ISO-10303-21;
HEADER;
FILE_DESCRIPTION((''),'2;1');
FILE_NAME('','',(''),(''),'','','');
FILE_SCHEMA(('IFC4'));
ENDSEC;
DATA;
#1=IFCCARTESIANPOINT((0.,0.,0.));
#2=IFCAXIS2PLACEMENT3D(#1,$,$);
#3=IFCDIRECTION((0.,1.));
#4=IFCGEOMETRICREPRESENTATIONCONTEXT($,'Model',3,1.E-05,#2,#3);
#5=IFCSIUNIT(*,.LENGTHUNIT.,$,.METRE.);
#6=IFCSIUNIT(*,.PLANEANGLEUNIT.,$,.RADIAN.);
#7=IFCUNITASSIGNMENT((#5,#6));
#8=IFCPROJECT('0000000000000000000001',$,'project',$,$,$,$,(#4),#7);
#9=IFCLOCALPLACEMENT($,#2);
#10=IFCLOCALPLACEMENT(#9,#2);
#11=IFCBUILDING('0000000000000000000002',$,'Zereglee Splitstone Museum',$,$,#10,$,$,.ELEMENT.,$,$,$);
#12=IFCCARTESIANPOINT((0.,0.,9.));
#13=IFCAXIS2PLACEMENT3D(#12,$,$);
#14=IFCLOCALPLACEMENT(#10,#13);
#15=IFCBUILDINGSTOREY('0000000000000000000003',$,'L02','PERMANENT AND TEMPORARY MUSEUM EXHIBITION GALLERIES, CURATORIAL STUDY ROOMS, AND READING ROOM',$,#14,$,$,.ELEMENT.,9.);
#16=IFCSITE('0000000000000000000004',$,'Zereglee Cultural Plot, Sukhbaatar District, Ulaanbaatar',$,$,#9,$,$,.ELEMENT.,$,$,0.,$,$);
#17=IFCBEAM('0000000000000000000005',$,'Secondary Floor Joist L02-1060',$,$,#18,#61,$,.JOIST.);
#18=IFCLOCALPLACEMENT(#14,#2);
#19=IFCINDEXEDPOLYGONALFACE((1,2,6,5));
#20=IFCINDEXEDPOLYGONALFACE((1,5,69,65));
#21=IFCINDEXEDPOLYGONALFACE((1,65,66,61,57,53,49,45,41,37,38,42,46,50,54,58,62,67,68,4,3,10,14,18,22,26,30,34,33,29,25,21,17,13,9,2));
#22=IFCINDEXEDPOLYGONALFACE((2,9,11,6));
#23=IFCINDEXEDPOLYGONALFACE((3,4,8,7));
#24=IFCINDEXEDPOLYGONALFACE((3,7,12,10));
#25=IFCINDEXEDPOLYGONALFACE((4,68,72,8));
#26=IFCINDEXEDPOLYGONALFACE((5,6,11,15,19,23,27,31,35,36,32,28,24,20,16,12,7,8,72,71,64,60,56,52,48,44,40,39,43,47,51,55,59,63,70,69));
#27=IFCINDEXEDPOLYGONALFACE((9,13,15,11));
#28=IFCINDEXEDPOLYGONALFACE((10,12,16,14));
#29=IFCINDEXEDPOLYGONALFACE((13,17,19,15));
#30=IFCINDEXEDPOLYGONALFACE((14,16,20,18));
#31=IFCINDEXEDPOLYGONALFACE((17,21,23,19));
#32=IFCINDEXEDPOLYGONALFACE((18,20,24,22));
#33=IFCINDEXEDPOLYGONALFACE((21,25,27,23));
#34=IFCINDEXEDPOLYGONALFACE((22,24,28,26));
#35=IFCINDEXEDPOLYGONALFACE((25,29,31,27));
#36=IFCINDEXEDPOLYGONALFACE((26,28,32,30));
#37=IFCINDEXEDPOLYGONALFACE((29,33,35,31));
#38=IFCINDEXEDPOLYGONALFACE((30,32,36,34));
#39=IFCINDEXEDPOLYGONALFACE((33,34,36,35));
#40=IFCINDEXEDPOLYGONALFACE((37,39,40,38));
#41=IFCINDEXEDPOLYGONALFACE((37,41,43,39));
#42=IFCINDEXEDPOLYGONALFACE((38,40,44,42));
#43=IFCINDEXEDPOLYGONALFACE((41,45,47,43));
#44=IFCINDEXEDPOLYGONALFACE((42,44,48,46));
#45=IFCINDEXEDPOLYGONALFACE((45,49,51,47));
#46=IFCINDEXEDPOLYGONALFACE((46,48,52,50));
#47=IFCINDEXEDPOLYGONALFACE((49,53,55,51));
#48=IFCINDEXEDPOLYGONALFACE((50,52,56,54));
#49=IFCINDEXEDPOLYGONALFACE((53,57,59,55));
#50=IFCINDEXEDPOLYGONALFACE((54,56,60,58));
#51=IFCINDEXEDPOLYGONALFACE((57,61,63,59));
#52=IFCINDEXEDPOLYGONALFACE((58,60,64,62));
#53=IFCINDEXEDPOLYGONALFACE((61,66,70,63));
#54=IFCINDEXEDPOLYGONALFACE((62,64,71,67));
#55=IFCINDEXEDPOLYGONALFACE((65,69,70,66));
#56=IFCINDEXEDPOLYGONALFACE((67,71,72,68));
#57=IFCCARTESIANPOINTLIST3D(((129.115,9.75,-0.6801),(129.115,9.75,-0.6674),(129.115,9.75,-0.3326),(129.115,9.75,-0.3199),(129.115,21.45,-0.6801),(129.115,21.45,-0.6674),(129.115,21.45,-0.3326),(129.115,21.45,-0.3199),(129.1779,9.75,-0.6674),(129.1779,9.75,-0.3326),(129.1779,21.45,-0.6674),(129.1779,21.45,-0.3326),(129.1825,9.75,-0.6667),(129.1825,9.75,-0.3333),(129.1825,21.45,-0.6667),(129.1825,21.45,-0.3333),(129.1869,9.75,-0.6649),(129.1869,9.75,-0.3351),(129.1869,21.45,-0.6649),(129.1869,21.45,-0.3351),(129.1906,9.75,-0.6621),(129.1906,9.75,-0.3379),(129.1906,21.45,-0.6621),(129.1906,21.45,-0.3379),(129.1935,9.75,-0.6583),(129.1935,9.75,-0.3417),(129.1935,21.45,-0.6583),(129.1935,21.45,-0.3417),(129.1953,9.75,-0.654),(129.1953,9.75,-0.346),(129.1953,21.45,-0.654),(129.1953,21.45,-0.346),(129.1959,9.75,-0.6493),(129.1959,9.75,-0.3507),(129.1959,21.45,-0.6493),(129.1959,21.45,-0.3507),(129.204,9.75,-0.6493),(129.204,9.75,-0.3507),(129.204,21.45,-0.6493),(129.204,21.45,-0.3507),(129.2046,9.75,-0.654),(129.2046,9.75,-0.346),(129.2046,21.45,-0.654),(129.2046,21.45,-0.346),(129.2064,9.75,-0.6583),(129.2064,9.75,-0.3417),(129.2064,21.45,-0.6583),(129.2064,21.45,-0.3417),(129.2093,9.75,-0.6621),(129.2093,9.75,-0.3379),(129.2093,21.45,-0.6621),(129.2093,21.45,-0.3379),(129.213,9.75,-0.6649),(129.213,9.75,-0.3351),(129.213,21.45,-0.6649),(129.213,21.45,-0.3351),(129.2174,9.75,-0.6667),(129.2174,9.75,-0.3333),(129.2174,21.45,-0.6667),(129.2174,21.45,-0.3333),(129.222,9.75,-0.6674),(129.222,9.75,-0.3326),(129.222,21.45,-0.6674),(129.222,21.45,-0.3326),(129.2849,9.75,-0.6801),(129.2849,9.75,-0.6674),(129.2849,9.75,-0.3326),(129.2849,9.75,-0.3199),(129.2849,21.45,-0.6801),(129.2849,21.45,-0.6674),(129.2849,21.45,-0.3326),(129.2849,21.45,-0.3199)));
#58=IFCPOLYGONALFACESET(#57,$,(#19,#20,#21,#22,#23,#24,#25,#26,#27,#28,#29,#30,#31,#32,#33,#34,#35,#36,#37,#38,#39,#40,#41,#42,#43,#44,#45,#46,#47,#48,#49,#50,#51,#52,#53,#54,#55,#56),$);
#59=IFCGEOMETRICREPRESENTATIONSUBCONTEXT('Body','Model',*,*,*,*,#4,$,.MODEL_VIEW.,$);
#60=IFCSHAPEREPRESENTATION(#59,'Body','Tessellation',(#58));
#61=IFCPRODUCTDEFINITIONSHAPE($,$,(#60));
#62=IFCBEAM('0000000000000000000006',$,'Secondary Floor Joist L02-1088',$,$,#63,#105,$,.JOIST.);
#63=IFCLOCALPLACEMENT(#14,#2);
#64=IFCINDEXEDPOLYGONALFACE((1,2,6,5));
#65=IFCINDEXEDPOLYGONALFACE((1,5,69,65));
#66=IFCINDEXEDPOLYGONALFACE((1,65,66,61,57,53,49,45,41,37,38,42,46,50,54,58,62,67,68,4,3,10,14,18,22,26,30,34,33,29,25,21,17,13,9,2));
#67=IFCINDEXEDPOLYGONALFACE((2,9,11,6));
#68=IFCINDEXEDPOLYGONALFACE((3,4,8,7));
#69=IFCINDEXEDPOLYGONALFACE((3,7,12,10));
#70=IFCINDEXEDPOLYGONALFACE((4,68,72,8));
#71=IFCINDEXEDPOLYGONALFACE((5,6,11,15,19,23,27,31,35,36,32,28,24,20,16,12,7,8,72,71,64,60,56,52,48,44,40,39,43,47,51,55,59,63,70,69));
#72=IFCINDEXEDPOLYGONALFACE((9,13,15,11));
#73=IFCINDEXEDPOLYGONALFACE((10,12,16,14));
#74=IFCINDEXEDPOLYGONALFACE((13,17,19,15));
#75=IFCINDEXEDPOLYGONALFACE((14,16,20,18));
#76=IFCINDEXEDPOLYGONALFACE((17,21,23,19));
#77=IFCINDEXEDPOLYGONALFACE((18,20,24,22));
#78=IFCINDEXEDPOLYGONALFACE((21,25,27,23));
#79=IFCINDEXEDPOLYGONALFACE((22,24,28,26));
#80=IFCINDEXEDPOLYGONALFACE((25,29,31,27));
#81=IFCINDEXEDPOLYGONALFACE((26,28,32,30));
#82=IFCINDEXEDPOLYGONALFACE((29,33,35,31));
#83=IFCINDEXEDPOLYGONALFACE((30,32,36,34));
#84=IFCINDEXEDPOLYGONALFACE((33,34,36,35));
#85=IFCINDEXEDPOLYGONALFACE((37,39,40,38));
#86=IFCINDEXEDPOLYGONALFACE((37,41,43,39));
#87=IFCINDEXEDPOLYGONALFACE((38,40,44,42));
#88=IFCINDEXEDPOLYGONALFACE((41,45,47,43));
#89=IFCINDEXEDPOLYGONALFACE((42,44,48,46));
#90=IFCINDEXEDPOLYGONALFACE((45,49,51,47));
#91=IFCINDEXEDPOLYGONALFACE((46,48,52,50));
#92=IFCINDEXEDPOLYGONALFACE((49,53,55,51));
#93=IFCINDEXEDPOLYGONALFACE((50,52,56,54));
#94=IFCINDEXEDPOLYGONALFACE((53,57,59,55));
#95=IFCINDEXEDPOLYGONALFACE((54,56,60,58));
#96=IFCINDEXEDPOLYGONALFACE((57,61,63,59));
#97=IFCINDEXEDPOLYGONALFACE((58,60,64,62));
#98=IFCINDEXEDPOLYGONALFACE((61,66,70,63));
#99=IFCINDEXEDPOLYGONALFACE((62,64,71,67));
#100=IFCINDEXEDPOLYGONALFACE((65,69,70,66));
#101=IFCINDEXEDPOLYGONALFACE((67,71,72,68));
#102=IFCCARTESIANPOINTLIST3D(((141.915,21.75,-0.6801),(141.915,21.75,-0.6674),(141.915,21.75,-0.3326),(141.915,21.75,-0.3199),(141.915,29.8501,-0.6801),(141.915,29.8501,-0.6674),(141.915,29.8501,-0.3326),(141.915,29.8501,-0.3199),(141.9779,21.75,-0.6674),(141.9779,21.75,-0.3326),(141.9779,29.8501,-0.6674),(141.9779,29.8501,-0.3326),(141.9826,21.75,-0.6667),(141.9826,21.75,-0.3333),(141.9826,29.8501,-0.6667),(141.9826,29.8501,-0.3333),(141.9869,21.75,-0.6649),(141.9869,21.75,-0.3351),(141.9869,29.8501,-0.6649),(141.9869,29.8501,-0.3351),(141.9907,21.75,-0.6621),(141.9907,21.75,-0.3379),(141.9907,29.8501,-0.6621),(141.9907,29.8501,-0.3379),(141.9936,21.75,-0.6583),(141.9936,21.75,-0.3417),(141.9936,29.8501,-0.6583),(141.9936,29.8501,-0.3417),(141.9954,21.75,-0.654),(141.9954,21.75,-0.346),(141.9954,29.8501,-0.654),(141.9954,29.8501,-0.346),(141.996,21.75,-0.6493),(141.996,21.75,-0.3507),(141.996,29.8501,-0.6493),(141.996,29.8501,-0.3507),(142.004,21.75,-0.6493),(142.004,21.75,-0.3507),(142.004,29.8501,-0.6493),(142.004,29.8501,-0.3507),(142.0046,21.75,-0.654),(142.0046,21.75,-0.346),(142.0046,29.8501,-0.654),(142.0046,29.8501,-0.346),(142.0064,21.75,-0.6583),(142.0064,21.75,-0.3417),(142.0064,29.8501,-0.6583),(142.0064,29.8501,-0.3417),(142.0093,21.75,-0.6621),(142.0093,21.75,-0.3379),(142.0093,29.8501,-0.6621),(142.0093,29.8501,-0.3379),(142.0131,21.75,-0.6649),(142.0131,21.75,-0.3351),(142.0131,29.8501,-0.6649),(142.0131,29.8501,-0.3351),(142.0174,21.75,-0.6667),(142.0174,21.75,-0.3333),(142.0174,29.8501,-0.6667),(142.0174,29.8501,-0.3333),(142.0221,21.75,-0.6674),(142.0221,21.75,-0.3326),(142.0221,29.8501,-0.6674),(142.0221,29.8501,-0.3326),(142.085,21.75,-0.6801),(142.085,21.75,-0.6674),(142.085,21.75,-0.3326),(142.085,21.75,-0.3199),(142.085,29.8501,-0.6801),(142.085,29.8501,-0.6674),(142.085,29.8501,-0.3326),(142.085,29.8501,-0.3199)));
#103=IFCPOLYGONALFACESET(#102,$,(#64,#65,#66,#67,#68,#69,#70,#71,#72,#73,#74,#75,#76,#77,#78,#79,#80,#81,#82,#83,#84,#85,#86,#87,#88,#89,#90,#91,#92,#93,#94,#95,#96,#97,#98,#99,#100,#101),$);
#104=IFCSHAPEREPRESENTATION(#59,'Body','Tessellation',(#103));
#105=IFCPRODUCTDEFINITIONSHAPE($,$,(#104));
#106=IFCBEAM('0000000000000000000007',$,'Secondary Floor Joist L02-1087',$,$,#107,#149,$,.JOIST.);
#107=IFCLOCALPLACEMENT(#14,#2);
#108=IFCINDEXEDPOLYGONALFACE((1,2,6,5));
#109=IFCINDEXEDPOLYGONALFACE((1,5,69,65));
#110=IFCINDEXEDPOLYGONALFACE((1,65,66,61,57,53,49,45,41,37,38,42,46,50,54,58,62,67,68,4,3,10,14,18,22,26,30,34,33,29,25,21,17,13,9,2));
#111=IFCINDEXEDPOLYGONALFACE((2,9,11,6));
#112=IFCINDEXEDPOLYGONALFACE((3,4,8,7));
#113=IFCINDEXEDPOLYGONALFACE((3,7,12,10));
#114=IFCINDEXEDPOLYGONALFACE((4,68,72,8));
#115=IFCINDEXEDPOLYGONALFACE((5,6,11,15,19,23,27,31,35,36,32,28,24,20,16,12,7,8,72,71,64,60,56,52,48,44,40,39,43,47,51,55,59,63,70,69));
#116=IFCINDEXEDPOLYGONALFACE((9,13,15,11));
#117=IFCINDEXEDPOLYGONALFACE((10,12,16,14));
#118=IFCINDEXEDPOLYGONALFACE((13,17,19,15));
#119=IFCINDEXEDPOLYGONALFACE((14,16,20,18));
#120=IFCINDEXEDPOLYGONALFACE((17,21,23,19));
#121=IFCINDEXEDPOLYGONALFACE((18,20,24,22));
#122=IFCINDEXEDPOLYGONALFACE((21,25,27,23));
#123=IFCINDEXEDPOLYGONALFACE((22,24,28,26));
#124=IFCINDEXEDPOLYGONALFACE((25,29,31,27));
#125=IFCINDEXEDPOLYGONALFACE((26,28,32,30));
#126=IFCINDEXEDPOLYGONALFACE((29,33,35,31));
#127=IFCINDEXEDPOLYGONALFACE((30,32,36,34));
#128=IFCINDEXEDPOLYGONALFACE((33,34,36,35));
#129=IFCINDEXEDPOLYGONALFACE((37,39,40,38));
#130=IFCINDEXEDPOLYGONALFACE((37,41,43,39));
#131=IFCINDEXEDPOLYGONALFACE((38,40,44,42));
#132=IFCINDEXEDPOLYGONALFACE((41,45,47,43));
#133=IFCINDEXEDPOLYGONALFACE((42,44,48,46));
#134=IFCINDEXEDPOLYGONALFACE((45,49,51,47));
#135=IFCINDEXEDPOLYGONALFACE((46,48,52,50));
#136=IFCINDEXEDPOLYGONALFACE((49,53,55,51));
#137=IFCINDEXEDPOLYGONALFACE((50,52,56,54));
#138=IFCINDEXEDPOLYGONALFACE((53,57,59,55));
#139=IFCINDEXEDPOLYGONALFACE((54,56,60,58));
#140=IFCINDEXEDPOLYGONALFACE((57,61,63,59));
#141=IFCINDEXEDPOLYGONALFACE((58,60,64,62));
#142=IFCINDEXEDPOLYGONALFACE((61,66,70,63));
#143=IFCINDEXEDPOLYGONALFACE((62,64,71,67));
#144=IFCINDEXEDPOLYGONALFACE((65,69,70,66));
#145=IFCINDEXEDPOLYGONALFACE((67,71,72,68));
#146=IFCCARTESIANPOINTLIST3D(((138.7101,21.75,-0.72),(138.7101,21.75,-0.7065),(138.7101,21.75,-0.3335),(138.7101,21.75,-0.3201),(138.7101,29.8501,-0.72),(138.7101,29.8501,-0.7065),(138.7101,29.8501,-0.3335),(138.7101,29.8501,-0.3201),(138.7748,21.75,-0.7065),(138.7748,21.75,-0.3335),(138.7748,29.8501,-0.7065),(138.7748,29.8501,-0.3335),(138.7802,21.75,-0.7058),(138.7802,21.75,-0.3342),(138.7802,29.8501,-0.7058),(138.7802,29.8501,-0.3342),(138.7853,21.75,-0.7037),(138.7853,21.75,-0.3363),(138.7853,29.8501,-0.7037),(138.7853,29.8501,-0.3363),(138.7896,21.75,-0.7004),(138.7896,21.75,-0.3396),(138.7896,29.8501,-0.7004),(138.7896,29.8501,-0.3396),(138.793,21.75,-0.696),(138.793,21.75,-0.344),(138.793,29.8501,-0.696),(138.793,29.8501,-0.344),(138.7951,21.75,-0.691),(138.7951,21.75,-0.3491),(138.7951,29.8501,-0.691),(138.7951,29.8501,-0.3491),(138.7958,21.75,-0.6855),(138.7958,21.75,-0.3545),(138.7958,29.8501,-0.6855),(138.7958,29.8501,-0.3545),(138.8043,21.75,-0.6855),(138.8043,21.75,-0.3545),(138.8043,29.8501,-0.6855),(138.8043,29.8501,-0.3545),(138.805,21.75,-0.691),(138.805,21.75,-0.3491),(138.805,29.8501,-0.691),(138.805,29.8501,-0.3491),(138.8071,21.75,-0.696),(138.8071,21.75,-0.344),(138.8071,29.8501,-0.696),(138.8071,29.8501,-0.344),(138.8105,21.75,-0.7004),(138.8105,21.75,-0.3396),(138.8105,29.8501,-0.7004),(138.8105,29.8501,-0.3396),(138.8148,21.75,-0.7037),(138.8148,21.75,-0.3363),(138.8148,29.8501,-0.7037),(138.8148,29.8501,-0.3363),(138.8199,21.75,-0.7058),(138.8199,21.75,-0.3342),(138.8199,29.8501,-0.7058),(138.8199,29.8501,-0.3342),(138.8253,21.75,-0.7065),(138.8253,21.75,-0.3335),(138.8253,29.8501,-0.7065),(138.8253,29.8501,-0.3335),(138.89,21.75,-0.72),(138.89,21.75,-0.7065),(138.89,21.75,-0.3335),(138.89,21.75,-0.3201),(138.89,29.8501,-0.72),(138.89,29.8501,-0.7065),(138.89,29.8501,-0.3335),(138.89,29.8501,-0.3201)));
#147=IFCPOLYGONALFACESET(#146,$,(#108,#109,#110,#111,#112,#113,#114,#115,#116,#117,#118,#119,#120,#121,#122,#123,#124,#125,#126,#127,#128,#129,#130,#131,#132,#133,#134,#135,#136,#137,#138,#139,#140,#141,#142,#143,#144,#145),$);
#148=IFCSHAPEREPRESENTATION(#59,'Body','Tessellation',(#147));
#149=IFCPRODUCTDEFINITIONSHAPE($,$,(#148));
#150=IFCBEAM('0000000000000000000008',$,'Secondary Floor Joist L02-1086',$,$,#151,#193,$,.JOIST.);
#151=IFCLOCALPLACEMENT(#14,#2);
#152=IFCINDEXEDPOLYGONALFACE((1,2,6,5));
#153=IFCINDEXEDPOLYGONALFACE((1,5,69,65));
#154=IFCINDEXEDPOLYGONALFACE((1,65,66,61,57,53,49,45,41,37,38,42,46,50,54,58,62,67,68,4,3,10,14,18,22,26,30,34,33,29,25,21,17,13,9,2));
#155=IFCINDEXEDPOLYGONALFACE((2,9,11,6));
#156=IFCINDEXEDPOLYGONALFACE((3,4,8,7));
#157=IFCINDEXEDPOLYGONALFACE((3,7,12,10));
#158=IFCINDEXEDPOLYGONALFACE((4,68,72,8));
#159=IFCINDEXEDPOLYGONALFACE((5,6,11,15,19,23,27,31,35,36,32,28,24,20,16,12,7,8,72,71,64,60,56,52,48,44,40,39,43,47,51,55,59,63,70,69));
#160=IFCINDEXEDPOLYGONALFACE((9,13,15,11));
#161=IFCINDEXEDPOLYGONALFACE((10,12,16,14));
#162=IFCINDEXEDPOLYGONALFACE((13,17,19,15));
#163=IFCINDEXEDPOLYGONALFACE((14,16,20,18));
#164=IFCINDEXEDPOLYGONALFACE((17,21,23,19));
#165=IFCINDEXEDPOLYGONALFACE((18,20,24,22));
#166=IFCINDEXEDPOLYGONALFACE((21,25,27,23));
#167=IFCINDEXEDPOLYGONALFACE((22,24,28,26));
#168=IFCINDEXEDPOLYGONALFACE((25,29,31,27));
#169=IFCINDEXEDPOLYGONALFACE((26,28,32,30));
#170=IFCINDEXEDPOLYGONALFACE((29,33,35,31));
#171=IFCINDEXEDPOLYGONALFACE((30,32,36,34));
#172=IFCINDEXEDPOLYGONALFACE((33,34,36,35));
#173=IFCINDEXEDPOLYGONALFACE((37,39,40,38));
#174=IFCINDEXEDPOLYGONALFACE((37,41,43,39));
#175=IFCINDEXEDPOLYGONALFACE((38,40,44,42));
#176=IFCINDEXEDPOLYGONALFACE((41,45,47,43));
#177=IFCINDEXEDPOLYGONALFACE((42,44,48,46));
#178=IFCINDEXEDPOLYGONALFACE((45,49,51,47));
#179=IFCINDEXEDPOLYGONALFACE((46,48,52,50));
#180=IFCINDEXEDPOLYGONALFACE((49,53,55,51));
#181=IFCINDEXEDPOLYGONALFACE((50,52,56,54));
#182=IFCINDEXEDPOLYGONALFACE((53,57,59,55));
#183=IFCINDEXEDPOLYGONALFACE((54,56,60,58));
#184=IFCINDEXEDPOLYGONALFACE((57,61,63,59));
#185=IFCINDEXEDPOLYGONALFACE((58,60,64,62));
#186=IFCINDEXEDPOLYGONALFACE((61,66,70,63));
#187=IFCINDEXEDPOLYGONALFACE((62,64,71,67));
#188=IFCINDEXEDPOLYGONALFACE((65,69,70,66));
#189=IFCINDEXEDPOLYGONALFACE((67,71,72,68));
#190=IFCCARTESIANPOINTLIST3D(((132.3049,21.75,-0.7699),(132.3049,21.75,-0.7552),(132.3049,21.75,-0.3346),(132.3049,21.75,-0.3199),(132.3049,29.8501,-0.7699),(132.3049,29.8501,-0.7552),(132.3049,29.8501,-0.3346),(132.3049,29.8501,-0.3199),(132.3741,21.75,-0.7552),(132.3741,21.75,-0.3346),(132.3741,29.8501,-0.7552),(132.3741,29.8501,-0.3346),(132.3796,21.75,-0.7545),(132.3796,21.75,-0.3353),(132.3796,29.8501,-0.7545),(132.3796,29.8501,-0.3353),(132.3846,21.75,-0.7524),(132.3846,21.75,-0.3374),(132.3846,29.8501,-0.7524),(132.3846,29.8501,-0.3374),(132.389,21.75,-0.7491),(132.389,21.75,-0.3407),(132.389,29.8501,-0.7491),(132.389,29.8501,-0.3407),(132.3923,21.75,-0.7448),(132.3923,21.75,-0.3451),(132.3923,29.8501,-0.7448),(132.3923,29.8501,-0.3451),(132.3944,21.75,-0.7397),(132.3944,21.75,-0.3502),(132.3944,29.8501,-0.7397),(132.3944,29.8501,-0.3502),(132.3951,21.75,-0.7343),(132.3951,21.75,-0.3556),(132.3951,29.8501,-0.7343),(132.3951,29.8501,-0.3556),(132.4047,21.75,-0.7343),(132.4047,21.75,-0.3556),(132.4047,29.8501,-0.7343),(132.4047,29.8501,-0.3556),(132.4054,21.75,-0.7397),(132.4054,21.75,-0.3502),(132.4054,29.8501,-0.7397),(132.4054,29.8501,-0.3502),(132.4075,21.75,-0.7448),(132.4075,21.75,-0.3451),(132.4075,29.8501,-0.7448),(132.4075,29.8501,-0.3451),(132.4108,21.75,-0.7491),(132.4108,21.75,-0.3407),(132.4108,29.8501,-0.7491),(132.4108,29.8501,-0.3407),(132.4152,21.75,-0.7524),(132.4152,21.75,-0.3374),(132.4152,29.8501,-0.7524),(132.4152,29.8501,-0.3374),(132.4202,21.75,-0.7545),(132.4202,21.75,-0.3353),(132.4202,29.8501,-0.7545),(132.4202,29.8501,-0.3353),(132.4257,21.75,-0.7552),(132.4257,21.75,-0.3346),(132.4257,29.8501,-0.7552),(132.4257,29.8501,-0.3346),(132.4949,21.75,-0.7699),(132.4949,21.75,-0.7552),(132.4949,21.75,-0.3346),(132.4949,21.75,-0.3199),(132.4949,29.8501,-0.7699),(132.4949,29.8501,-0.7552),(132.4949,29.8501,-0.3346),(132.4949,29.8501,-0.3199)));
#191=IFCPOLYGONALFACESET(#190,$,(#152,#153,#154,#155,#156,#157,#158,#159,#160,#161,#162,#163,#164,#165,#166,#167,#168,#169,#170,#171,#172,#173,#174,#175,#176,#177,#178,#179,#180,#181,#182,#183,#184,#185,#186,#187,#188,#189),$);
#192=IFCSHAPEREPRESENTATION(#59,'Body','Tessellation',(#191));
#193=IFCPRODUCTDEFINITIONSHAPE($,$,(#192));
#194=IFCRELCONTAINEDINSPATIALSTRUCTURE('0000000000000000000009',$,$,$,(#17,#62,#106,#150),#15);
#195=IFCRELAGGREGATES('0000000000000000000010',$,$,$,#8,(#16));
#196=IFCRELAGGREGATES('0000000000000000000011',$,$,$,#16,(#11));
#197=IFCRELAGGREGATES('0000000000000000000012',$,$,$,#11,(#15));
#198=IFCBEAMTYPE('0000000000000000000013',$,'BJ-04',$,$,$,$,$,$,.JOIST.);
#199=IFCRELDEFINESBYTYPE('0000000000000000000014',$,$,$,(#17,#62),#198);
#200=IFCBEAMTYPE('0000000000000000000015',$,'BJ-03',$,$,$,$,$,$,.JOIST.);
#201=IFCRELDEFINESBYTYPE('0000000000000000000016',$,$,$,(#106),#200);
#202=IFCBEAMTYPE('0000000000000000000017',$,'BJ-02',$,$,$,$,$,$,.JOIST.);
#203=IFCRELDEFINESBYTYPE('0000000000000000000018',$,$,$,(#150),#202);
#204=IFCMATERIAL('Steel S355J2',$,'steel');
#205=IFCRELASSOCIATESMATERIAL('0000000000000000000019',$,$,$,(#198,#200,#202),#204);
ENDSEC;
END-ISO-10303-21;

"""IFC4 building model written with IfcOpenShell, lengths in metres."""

from ifc_helpers import new_model, si_unit, direction, frame, origin, origin_2d, place, context, subcontext, project, spatial, i_section, extrude, material, material_profile, profile_set, type_object, element, save


model = new_model("IFC4")

# Units and contexts
model_context = context("Model", 3, precision=1e-05, world=origin(), true_north=direction((0.0, 1.0)))
body_context = subcontext(model_context, "Body", "Model", "MODEL_VIEW")
ifc_project = project(units=[si_unit("LENGTHUNIT", "METRE"), si_unit("PLANEANGLEUNIT", "RADIAN")], contexts=[model_context])

# Site, building, storey
site_placement = place(None, origin())
site = spatial("IfcSite", under=ifc_project, at=site_placement, Name="Zereglee Cultural Plot, Sukhbaatar District, Ulaanbaatar", CompositionType="ELEMENT", RefElevation=0.0)
building_placement = place(site_placement, origin())
building = spatial("IfcBuilding", under=site, at=building_placement, Name="Zereglee Splitstone Museum", CompositionType="ELEMENT")
storey_placement = place(building_placement, frame((0.0, 0.0, 9.0)))
storey = spatial("IfcBuildingStorey", under=building, at=storey_placement, Name="L02", Description="PERMANENT AND TEMPORARY MUSEUM EXHIBITION GALLERIES, CURATORIAL STUDY ROOMS, AND READING ROOM", CompositionType="ELEMENT", Elevation=9.0)

# Shared definitions
ifc_material_1 = material(Name="Steel S355J2", Category="steel")

# Beams
ifc_material_profile_1 = material_profile(ifc_material_1, i_section(OverallWidth=0.1699, OverallDepth=0.3601, WebThickness=0.0081, FlangeThickness=0.0127, FilletRadius=0.0181, at=origin_2d()), Name="IPE 360")
ifc_profile_set_1 = profile_set([ifc_material_profile_1], Name="Steel S355J2")
beam_type_1 = type_object("IfcBeamType", Name="BJ-04", PredefinedType="JOIST", material=ifc_profile_set_1)
beam_1_placement = place(storey_placement, frame((129.2, 9.75, -0.5), z_axis=(0.0, 1.0, 0.0), x_axis=(-1.0, 0.0, 0.0)))
element("IfcBeam", 1, at=beam_1_placement, inside=storey, type_object=beam_type_1, Name="Secondary Floor Joist L02-1060", PredefinedType="JOIST", context=body_context, shape_type="SweptSolid", body=[
    extrude(i_section(OverallWidth=0.1699, OverallDepth=0.3601, WebThickness=0.0081, FlangeThickness=0.0127, FilletRadius=0.0181, at=origin_2d()), origin(), (0.0, 0.0, 1.0), 11.7),
])
beam_2_placement = place(storey_placement, frame((142.0, 21.75, -0.5), z_axis=(0.0, 1.0, 0.0), x_axis=(-1.0, 0.0, 0.0)))
element("IfcBeam", 2, at=beam_2_placement, inside=storey, type_object=beam_type_1, Name="Secondary Floor Joist L02-1088", PredefinedType="JOIST", context=body_context, shape_type="SweptSolid", body=[
    extrude(i_section(OverallWidth=0.1699, OverallDepth=0.3601, WebThickness=0.0081, FlangeThickness=0.0127, FilletRadius=0.0181, at=origin_2d()), origin(), (0.0, 0.0, 1.0), 8.1001),
])
ifc_material_profile_2 = material_profile(ifc_material_1, i_section(OverallWidth=0.1799, OverallDepth=0.3999, WebThickness=0.0085, FlangeThickness=0.0134, FilletRadius=0.021, at=origin_2d()), Name="IPE 400")
ifc_profile_set_2 = profile_set([ifc_material_profile_2], Name="Steel S355J2")
beam_type_2 = type_object("IfcBeamType", Name="BJ-03", PredefinedType="JOIST", material=ifc_profile_set_2)
beam_3_placement = place(storey_placement, frame((138.8, 21.75, -0.52), z_axis=(0.0, 1.0, 0.0), x_axis=(-1.0, 0.0, 0.0)))
element("IfcBeam", 3, at=beam_3_placement, inside=storey, type_object=beam_type_2, Name="Secondary Floor Joist L02-1087", PredefinedType="JOIST", context=body_context, shape_type="SweptSolid", body=[
    extrude(i_section(OverallWidth=0.1799, OverallDepth=0.3999, WebThickness=0.0085, FlangeThickness=0.0134, FilletRadius=0.021, at=origin_2d()), origin(), (0.0, 0.0, 1.0), 8.1001),
])
ifc_material_profile_3 = material_profile(ifc_material_1, i_section(OverallWidth=0.1899, OverallDepth=0.45, WebThickness=0.0095, FlangeThickness=0.0146, FilletRadius=0.021, at=origin_2d()), Name="IPE 450")
ifc_profile_set_3 = profile_set([ifc_material_profile_3], Name="Steel S355J2")
beam_type_3 = type_object("IfcBeamType", Name="BJ-02", PredefinedType="JOIST", material=ifc_profile_set_3)
beam_4_placement = place(storey_placement, frame((132.3999, 21.75, -0.5449), z_axis=(0.0, 1.0, 0.0), x_axis=(-1.0, 0.0, 0.0)))
element("IfcBeam", 4, at=beam_4_placement, inside=storey, type_object=beam_type_3, Name="Secondary Floor Joist L02-1086", PredefinedType="JOIST", context=body_context, shape_type="SweptSolid", body=[
    extrude(i_section(OverallWidth=0.1899, OverallDepth=0.45, WebThickness=0.0095, FlangeThickness=0.0146, FilletRadius=0.021, at=origin_2d()), origin(), (0.0, 0.0, 1.0), 8.1001),
])

save(model, "model.ifc")
